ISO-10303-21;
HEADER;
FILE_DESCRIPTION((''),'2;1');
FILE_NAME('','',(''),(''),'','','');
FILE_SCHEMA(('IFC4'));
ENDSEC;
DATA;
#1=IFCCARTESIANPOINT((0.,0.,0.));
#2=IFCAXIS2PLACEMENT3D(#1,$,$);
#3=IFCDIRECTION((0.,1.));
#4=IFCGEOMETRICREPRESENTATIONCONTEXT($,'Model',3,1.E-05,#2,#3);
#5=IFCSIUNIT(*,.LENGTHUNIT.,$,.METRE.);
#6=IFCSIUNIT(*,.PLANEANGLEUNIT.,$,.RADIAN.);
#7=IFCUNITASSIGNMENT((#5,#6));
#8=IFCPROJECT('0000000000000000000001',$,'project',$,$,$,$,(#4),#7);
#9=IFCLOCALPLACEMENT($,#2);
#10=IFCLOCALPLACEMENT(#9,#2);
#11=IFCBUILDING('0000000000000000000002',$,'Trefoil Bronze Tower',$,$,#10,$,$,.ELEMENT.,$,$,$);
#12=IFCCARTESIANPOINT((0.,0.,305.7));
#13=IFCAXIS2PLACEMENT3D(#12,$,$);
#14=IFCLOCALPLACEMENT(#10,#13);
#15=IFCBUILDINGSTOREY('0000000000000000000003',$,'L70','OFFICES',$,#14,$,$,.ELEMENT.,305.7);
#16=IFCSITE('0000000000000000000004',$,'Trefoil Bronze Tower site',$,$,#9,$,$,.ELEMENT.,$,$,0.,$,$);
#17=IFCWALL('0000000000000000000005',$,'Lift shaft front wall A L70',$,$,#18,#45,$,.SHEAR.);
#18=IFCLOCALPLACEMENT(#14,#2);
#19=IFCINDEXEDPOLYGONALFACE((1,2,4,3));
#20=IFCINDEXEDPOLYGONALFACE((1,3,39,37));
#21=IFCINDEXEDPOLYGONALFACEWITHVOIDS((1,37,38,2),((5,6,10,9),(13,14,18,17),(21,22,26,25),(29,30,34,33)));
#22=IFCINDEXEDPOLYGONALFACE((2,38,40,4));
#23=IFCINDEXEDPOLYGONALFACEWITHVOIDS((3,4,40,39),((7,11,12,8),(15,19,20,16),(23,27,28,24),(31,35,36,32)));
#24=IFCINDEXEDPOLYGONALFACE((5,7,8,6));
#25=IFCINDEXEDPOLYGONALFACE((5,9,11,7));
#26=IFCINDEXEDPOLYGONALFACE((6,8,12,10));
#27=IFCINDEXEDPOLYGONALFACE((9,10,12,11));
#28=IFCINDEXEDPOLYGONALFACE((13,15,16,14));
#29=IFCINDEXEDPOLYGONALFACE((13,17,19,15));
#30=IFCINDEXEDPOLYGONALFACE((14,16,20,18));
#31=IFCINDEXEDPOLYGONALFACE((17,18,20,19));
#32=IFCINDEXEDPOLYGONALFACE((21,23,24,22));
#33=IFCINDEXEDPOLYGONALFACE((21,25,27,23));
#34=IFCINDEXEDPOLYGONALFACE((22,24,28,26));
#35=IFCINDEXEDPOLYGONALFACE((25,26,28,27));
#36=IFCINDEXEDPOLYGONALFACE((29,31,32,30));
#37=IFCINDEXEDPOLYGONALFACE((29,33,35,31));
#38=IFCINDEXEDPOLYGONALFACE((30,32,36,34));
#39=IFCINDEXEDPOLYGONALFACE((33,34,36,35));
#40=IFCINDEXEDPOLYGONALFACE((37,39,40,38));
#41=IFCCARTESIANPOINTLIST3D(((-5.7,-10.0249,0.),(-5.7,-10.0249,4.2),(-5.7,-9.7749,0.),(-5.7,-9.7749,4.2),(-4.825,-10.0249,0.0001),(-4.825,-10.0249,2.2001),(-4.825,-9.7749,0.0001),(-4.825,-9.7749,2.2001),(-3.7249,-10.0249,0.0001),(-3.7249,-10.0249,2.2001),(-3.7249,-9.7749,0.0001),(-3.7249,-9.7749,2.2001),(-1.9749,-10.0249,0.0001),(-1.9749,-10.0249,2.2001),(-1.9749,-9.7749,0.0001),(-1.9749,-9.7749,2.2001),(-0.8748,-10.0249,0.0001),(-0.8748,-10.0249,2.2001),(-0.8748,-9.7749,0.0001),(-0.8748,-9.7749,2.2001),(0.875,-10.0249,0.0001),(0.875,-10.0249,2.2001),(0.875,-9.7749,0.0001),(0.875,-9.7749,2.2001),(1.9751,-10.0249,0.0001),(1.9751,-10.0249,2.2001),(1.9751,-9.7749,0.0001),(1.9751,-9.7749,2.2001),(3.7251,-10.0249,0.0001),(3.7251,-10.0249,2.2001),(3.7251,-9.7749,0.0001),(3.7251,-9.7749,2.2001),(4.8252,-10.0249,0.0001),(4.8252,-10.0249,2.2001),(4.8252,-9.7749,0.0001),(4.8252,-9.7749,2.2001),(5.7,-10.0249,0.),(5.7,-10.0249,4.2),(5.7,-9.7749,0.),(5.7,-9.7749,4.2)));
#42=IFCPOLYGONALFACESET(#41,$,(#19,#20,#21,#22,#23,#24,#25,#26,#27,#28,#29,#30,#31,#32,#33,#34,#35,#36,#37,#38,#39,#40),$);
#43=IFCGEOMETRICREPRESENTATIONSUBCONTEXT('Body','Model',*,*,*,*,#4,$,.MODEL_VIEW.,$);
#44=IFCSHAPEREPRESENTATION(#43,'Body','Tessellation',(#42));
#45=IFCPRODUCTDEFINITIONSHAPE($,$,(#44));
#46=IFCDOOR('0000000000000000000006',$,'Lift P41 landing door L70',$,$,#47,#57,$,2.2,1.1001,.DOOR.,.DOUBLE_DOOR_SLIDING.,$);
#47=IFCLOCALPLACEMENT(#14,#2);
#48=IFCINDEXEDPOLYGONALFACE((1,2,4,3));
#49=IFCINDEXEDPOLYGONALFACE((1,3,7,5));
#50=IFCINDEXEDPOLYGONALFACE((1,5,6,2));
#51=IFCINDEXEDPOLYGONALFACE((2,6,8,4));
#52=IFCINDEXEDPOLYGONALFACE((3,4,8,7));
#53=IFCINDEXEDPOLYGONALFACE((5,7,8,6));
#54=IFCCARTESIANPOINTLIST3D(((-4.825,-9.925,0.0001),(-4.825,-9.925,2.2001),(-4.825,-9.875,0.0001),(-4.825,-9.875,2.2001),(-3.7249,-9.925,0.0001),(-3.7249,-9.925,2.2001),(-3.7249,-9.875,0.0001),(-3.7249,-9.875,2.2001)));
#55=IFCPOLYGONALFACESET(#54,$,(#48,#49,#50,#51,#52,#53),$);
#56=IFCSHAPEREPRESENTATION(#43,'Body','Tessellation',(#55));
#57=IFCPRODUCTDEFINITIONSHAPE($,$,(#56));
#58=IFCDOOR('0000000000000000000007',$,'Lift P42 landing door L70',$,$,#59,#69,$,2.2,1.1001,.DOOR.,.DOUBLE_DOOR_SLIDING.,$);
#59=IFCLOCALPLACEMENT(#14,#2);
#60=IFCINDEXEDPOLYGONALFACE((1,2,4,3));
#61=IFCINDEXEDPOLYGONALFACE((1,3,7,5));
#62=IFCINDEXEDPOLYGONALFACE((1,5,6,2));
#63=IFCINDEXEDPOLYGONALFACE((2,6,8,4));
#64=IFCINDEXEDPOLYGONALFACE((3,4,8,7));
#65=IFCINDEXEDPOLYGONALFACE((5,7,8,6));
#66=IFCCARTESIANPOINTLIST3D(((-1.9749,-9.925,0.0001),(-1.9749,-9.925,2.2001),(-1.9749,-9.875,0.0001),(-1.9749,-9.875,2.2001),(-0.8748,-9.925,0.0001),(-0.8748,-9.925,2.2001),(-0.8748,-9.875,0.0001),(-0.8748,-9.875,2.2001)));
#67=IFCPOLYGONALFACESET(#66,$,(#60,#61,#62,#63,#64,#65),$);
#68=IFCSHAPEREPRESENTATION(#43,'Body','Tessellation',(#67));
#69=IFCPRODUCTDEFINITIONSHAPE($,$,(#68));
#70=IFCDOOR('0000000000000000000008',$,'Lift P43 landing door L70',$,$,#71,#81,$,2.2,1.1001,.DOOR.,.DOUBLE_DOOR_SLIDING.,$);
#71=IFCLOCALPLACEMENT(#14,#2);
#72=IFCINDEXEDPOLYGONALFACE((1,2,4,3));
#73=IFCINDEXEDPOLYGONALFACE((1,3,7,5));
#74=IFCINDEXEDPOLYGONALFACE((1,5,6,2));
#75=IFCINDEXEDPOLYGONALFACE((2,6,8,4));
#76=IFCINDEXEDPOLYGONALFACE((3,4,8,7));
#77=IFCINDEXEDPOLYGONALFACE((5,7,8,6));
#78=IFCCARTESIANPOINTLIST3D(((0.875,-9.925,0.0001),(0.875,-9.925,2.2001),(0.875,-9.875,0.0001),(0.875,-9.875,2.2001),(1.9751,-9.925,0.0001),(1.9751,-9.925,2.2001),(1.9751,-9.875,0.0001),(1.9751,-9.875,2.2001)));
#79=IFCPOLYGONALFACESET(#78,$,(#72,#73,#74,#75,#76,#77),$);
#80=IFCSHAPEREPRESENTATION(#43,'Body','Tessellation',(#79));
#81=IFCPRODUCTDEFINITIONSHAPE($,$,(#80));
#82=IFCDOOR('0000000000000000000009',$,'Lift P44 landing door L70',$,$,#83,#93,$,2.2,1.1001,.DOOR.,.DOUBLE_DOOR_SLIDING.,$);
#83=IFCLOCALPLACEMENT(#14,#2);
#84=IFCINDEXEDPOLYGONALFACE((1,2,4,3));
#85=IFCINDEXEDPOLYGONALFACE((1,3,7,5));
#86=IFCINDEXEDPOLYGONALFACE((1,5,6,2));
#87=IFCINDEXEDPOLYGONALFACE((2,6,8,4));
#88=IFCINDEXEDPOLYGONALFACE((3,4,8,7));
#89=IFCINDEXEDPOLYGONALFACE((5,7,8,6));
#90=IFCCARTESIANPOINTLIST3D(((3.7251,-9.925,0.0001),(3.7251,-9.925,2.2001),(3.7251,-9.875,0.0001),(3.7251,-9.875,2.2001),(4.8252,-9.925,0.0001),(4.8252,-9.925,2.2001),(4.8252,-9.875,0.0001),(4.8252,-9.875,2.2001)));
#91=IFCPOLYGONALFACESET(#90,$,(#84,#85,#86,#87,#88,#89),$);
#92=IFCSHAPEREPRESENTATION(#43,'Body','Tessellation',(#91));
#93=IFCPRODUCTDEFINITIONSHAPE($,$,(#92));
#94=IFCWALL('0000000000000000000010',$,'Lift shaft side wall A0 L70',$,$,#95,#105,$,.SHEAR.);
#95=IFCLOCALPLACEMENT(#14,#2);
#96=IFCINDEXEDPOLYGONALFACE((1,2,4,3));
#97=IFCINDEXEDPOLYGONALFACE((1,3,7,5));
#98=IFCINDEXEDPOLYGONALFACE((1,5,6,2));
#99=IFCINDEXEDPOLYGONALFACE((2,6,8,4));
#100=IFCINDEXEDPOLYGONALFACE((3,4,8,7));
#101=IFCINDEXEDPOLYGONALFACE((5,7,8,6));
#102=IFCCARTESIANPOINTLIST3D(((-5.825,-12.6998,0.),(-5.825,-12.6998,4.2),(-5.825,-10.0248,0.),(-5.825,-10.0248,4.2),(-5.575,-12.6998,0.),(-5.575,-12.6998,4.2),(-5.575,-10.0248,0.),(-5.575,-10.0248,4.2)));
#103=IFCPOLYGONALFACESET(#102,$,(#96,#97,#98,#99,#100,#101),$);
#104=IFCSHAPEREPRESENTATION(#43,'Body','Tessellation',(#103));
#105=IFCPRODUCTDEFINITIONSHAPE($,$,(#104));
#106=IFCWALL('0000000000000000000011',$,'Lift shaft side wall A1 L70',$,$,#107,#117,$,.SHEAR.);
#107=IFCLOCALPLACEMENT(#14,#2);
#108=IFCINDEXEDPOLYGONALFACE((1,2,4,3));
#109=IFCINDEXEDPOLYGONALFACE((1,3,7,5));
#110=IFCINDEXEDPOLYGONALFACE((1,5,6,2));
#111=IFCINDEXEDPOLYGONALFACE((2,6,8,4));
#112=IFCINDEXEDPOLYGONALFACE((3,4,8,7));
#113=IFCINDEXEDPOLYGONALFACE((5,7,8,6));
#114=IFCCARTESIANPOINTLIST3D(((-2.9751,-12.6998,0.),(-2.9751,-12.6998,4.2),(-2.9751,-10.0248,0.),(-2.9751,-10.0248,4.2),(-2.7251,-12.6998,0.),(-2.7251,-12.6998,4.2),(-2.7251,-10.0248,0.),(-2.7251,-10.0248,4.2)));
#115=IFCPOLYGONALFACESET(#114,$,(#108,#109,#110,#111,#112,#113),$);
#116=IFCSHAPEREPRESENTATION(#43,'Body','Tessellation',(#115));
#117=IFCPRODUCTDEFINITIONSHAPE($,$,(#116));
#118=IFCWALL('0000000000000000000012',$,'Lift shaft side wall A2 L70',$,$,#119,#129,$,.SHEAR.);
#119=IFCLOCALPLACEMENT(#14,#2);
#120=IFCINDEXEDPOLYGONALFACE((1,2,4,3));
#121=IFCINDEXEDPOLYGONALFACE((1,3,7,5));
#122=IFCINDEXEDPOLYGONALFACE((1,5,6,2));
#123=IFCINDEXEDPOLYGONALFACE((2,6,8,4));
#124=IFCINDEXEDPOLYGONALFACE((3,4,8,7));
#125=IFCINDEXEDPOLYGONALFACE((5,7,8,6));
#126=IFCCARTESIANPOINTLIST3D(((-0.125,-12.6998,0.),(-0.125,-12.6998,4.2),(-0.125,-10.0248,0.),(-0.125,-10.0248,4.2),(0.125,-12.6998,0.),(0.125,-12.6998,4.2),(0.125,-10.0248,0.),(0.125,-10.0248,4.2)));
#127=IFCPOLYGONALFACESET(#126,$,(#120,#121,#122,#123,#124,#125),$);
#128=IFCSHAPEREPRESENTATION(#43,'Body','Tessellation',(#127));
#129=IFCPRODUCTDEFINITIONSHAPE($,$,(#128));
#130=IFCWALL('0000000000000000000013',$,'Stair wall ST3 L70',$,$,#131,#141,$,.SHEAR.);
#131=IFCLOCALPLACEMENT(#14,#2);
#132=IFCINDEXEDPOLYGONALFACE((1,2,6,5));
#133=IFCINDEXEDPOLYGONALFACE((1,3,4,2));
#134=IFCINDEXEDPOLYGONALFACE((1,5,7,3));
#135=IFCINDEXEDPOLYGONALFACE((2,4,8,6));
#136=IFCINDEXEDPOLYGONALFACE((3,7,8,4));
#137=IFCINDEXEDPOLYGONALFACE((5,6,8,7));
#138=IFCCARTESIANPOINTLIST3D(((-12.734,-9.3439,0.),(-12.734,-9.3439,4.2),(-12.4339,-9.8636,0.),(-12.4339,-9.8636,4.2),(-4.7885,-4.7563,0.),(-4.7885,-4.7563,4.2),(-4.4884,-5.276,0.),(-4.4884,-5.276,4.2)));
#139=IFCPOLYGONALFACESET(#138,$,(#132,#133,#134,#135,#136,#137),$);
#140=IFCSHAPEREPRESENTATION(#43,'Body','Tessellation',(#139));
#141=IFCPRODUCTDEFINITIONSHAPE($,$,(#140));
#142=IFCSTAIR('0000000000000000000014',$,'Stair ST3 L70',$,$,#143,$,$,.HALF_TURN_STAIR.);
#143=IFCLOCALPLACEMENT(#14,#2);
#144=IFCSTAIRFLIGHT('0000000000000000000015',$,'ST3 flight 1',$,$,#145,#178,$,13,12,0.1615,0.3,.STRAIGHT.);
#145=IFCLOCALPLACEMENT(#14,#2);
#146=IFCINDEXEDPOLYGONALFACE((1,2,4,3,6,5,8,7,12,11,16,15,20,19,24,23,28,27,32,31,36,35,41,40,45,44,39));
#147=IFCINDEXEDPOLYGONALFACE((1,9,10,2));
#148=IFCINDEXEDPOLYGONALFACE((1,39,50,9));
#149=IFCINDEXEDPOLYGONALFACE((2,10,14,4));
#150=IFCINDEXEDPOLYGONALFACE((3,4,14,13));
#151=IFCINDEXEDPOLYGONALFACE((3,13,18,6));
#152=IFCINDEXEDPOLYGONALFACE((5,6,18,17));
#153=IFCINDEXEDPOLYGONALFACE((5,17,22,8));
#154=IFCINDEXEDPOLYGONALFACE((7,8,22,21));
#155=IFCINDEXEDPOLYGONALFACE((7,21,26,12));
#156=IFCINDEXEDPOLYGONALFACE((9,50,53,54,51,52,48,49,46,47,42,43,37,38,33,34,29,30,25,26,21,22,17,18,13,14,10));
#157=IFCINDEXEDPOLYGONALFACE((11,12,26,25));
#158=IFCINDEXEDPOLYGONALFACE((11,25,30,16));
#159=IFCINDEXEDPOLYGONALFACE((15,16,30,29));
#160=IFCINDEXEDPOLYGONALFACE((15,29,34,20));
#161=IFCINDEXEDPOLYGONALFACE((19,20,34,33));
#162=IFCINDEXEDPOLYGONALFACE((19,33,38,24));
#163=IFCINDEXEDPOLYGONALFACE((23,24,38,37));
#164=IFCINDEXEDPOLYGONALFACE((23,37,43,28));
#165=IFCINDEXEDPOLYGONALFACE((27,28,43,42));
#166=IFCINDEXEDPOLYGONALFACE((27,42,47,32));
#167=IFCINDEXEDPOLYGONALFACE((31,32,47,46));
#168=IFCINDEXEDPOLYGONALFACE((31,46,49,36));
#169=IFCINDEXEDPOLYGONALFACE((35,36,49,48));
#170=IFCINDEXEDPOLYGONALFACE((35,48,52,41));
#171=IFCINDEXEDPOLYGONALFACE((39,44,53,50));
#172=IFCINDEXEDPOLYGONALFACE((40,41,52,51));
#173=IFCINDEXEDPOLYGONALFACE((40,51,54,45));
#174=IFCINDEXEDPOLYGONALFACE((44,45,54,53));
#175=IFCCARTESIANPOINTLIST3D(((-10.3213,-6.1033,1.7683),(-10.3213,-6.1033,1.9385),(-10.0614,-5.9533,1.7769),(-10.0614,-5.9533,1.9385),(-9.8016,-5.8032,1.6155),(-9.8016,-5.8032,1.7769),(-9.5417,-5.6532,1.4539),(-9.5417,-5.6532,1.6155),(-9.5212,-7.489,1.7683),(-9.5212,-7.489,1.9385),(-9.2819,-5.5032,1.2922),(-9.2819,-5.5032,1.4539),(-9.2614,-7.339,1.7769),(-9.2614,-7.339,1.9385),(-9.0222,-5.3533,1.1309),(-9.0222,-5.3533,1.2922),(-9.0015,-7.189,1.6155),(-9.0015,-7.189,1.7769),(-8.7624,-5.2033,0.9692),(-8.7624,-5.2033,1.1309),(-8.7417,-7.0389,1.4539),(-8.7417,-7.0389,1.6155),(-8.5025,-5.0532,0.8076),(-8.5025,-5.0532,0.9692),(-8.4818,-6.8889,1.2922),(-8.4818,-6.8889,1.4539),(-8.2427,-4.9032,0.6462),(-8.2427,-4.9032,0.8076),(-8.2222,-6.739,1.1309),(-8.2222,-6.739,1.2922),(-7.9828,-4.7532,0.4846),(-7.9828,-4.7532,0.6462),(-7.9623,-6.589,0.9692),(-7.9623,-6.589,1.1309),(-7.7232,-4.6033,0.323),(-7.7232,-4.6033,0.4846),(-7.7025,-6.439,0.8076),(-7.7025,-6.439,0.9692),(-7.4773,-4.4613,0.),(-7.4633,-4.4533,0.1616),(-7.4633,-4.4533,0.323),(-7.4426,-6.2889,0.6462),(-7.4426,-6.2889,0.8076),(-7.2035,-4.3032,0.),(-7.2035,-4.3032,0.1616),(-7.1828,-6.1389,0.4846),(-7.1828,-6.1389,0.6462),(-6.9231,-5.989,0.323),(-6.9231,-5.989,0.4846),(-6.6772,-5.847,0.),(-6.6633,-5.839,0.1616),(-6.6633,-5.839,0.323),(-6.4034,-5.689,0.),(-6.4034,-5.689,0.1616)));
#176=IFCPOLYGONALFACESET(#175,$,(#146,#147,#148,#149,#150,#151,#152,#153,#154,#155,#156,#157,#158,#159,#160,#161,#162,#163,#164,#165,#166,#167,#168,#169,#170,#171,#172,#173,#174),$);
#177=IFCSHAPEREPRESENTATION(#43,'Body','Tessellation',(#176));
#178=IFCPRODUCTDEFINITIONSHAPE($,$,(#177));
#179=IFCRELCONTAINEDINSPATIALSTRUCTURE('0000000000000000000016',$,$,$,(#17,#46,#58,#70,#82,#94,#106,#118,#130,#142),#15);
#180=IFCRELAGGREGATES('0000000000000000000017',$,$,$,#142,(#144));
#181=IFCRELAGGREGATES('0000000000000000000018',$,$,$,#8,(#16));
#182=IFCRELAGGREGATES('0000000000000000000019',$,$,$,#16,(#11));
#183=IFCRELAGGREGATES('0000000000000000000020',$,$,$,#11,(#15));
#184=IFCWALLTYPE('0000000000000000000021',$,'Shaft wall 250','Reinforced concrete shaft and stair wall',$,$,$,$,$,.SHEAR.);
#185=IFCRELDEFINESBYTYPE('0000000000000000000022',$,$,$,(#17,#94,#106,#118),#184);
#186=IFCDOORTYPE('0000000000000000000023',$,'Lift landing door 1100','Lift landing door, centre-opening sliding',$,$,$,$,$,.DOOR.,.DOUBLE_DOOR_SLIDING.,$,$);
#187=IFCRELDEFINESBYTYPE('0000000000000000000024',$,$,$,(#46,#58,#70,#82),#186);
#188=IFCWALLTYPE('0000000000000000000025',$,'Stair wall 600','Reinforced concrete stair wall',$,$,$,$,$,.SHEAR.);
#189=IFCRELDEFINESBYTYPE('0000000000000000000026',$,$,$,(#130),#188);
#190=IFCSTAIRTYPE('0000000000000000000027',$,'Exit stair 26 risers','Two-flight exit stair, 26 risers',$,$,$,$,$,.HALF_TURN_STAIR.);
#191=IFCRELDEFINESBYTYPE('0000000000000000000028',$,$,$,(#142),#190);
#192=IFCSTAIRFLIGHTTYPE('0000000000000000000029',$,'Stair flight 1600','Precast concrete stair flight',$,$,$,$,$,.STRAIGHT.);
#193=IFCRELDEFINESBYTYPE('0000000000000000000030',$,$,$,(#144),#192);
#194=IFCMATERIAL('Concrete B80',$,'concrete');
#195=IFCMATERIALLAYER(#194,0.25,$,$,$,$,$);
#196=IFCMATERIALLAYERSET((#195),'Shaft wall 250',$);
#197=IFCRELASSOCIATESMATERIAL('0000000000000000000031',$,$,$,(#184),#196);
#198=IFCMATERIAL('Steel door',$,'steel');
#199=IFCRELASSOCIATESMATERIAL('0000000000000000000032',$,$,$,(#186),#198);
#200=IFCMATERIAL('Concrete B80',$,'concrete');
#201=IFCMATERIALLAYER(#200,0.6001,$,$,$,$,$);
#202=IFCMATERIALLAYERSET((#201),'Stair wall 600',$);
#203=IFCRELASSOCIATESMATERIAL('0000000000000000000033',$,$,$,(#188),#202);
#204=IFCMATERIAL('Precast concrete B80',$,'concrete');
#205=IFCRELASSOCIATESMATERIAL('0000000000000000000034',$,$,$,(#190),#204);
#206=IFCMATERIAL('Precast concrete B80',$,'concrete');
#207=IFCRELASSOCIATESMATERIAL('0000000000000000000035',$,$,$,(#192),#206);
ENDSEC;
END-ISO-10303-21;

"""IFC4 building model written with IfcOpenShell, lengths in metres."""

from ifc_helpers import new_model, si_unit, direction, frame, frame_2d, origin, place, context, subcontext, project, spatial, polyline, rectangle, outline, extrude, material, layer, layer_set, type_object, element, fill, aggregate, save


model = new_model("IFC4")

# Units and contexts
model_context = context("Model", 3, precision=1e-05, world=origin(), true_north=direction((0.0, 1.0)))
body_context = subcontext(model_context, "Body", "Model", "MODEL_VIEW")
ifc_project = project(units=[si_unit("LENGTHUNIT", "METRE"), si_unit("PLANEANGLEUNIT", "RADIAN")], contexts=[model_context])

# Site, building, storey
site_placement = place(None, origin())
site = spatial("IfcSite", under=ifc_project, at=site_placement, Name="Trefoil Bronze Tower site", CompositionType="ELEMENT", RefElevation=0.0)
building_placement = place(site_placement, origin())
building = spatial("IfcBuilding", under=site, at=building_placement, Name="Trefoil Bronze Tower", CompositionType="ELEMENT")
storey_placement = place(building_placement, frame((0.0, 0.0, 305.7)))
storey = spatial("IfcBuildingStorey", under=building, at=storey_placement, Name="L70", Description="OFFICES", CompositionType="ELEMENT", Elevation=305.7)

# Wall, openings, doors
ifc_material_1 = material(Name="Concrete B80", Category="concrete")
ifc_layer_1 = layer(ifc_material_1, 0.25)
ifc_layer_set_1 = layer_set([ifc_layer_1], Name="Shaft wall 250")
wall_type_1 = type_object("IfcWallType", Name="Shaft wall 250", Description="Reinforced concrete shaft and stair wall", PredefinedType="SHEAR", material=ifc_layer_set_1)
wall_1_placement = place(storey_placement, frame((-5.7, -9.8999, 0.0), z_axis=(0.0, 0.0, 1.0), x_axis=(1.0, 0.0, 0.0)))
wall_1 = element("IfcWall", 1, at=wall_1_placement, inside=storey, type_object=wall_type_1, Name="Lift shaft front wall A L70", PredefinedType="SHEAR", context=body_context, shape_type="SweptSolid", body=[
    extrude(rectangle(XDim=11.3999, YDim=0.25, at=frame_2d((5.7, 0.0))), origin(), (0.0, 0.0, 1.0), 4.2),
])
opening_1_placement = place(wall_1_placement, frame((0.875, 0.0, 0.0)))
opening_1 = element("IfcOpeningElement", 2, at=opening_1_placement, cuts=wall_1, PredefinedType="OPENING", context=body_context, shape_type="SweptSolid", body=[
    extrude(rectangle(XDim=1.1001, YDim=2.2, at=frame_2d((0.55, 1.1001))), frame((0.0, 0.135, 0.0), z_axis=(0.0, -1.0, 0.0), x_axis=(1.0, 0.0, 0.0)), (0.0, 0.0, 1.0), 0.27),
])
opening_2_placement = place(wall_1_placement, frame((3.7251, 0.0, 0.0)))
opening_2 = element("IfcOpeningElement", 3, at=opening_2_placement, cuts=wall_1, PredefinedType="OPENING", context=body_context, shape_type="SweptSolid", body=[
    extrude(rectangle(XDim=1.1001, YDim=2.2, at=frame_2d((0.55, 1.1001))), frame((0.0, 0.135, 0.0), z_axis=(0.0, -1.0, 0.0), x_axis=(1.0, 0.0, 0.0)), (0.0, 0.0, 1.0), 0.27),
])
opening_3_placement = place(wall_1_placement, frame((6.575, 0.0, 0.0)))
opening_3 = element("IfcOpeningElement", 4, at=opening_3_placement, cuts=wall_1, PredefinedType="OPENING", context=body_context, shape_type="SweptSolid", body=[
    extrude(rectangle(XDim=1.1001, YDim=2.2, at=frame_2d((0.55, 1.1001))), frame((0.0, 0.135, 0.0), z_axis=(0.0, -1.0, 0.0), x_axis=(1.0, 0.0, 0.0)), (0.0, 0.0, 1.0), 0.27),
])
opening_4_placement = place(wall_1_placement, frame((9.425, 0.0, 0.0)))
opening_4 = element("IfcOpeningElement", 5, at=opening_4_placement, cuts=wall_1, PredefinedType="OPENING", context=body_context, shape_type="SweptSolid", body=[
    extrude(rectangle(XDim=1.1001, YDim=2.2, at=frame_2d((0.55, 1.1001))), frame((0.0, 0.135, 0.0), z_axis=(0.0, -1.0, 0.0), x_axis=(1.0, 0.0, 0.0)), (0.0, 0.0, 1.0), 0.27),
])
ifc_material_2 = material(Name="Steel door", Category="steel")
door_type_1 = type_object("IfcDoorType", Name="Lift landing door 1100", Description="Lift landing door, centre-opening sliding", OperationType="DOUBLE_DOOR_SLIDING", PredefinedType="DOOR", material=ifc_material_2)
door_1_placement = place(opening_1_placement, origin())
door_1 = element("IfcDoor", 6, at=door_1_placement, inside=storey, type_object=door_type_1, Name="Lift P41 landing door L70", OperationType="DOUBLE_DOOR_SLIDING", OverallHeight=2.2, OverallWidth=1.1001, PredefinedType="DOOR", context=body_context, shape_type="SweptSolid", body=[
    extrude(rectangle(XDim=1.1001, YDim=2.2, at=frame_2d((0.55, 1.1001))), frame((0.0, 0.0249, 0.0), z_axis=(0.0, -1.0, 0.0), x_axis=(1.0, 0.0, 0.0)), (0.0, 0.0, 1.0), 0.05),
])
fill(opening_1, door_1)
door_2_placement = place(opening_2_placement, origin())
door_2 = element("IfcDoor", 7, at=door_2_placement, inside=storey, type_object=door_type_1, Name="Lift P42 landing door L70", OperationType="DOUBLE_DOOR_SLIDING", OverallHeight=2.2, OverallWidth=1.1001, PredefinedType="DOOR", context=body_context, shape_type="SweptSolid", body=[
    extrude(rectangle(XDim=1.1001, YDim=2.2, at=frame_2d((0.55, 1.1001))), frame((0.0, 0.0249, 0.0), z_axis=(0.0, -1.0, 0.0), x_axis=(1.0, 0.0, 0.0)), (0.0, 0.0, 1.0), 0.05),
])
fill(opening_2, door_2)
door_3_placement = place(opening_3_placement, origin())
door_3 = element("IfcDoor", 8, at=door_3_placement, inside=storey, type_object=door_type_1, Name="Lift P43 landing door L70", OperationType="DOUBLE_DOOR_SLIDING", OverallHeight=2.2, OverallWidth=1.1001, PredefinedType="DOOR", context=body_context, shape_type="SweptSolid", body=[
    extrude(rectangle(XDim=1.1001, YDim=2.2, at=frame_2d((0.55, 1.1001))), frame((0.0, 0.0249, 0.0), z_axis=(0.0, -1.0, 0.0), x_axis=(1.0, 0.0, 0.0)), (0.0, 0.0, 1.0), 0.05),
])
fill(opening_3, door_3)
door_4_placement = place(opening_4_placement, origin())
door_4 = element("IfcDoor", 9, at=door_4_placement, inside=storey, type_object=door_type_1, Name="Lift P44 landing door L70", OperationType="DOUBLE_DOOR_SLIDING", OverallHeight=2.2, OverallWidth=1.1001, PredefinedType="DOOR", context=body_context, shape_type="SweptSolid", body=[
    extrude(rectangle(XDim=1.1001, YDim=2.2, at=frame_2d((0.55, 1.1001))), frame((0.0, 0.0249, 0.0), z_axis=(0.0, -1.0, 0.0), x_axis=(1.0, 0.0, 0.0)), (0.0, 0.0, 1.0), 0.05),
])
fill(opening_4, door_4)

# Walls
for number, where, z_axis, x_axis, name in (
    (10, (-5.7, -10.0249, 0.0), (0.0, 0.0, 1.0), (0.0, -1.0, 0.0), "Lift shaft side wall A0 L70"),
    (11, (-2.8501, -10.0249, 0.0), (0.0, 0.0, 1.0), (0.0, -1.0, 0.0), "Lift shaft side wall A1 L70"),
    (12, (0.0, -10.0249, 0.0), (0.0, 0.0, 1.0), (0.0, -1.0, 0.0), "Lift shaft side wall A2 L70"),
):
    element("IfcWall", number, at=place(storey_placement, frame(where, z_axis=z_axis, x_axis=x_axis)), inside=storey, type_object=wall_type_1, Name=name, PredefinedType="SHEAR", context=body_context, shape_type="SweptSolid", body=[
        extrude(rectangle(XDim=2.675, YDim=0.25, at=frame_2d((1.3374, 0.0))), origin(), (0.0, 0.0, 1.0), 4.2),
    ])
ifc_material_3 = material(Name="Concrete B80", Category="concrete")
ifc_layer_2 = layer(ifc_material_3, 0.6001)
ifc_layer_set_2 = layer_set([ifc_layer_2], Name="Stair wall 600")
wall_type_2 = type_object("IfcWallType", Name="Stair wall 600", Description="Reinforced concrete stair wall", PredefinedType="SHEAR", material=ifc_layer_set_2)
wall_2_placement = place(storey_placement, frame((-4.6384, -5.0161, 0.0), z_axis=(0.0, 0.0, 1.0), x_axis=(-0.866012, -0.500023, 0.0)))
element("IfcWall", 13, at=wall_2_placement, inside=storey, type_object=wall_type_2, Name="Stair wall ST3 L70", PredefinedType="SHEAR", context=body_context, shape_type="SweptSolid", body=[
    extrude(rectangle(XDim=9.1748, YDim=0.6001, at=frame_2d((4.5874, 0.0))), origin(), (0.0, 0.0, 1.0), 4.2),
])

# Stair, stair flight
ifc_material_4 = material(Name="Precast concrete B80", Category="concrete")
stair_type = type_object("IfcStairType", Name="Exit stair 26 risers", Description="Two-flight exit stair, 26 risers", PredefinedType="HALF_TURN_STAIR", material=ifc_material_4)
stair_placement = place(storey_placement, origin())
stair = element("IfcStair", 14, at=stair_placement, inside=storey, type_object=stair_type, Name="Stair ST3 L70", PredefinedType="HALF_TURN_STAIR")
ifc_material_5 = material(Name="Precast concrete B80", Category="concrete")
stair_flight_type = type_object("IfcStairFlightType", Name="Stair flight 1600", Description="Precast concrete stair flight", PredefinedType="STRAIGHT", material=ifc_material_5)
stair_flight_1_placement = place(storey_placement, frame((-6.8035, -4.9961, 0.0), z_axis=(0.0, 0.0, 1.0), x_axis=(-0.866025, -0.5, 0.0)))
stair_flight_1 = element("IfcStairFlight", 15, at=stair_flight_1_placement, type_object=stair_flight_type, Name="ST3 flight 1", NumberOfRisers=13, NumberOfTreads=12, PredefinedType="STRAIGHT", RiserHeight=0.1615, TreadLength=0.3, context=body_context, shape_type="SweptSolid", body=[
    extrude(outline(polyline([(0.0, 0.0), (0.0, 0.1616), (0.3, 0.1616), (0.3, 0.323), (0.6001, 0.323), (0.6001, 0.4846), (0.8999, 0.4846), (0.8999, 0.6462), (1.2, 0.6462), (1.2, 0.8076), (1.5, 0.8076), (1.5, 0.9692), (1.8, 0.9692), (1.8, 1.1309), (2.1001, 1.1309), (2.1001, 1.2922), (2.3999, 1.2922), (2.3999, 1.4539), (2.7, 1.4539), (2.7, 1.6155), (3.0, 1.6155), (3.0, 1.7769), (3.3, 1.7769), (3.3, 1.9385), (3.6001, 1.9385), (3.6001, 2.1001), (3.6001, 1.7683), (0.3162, 0.0), (0.0, 0.0)])), frame((0.0, 0.8, 0.0), z_axis=(0.0, -1.0, 0.0), x_axis=(1.0, 0.0, 0.0)), (0.0, 0.0, 1.0), 1.6001),
])
aggregate(stair, [stair_flight_1])

save(model, "model.ifc")
